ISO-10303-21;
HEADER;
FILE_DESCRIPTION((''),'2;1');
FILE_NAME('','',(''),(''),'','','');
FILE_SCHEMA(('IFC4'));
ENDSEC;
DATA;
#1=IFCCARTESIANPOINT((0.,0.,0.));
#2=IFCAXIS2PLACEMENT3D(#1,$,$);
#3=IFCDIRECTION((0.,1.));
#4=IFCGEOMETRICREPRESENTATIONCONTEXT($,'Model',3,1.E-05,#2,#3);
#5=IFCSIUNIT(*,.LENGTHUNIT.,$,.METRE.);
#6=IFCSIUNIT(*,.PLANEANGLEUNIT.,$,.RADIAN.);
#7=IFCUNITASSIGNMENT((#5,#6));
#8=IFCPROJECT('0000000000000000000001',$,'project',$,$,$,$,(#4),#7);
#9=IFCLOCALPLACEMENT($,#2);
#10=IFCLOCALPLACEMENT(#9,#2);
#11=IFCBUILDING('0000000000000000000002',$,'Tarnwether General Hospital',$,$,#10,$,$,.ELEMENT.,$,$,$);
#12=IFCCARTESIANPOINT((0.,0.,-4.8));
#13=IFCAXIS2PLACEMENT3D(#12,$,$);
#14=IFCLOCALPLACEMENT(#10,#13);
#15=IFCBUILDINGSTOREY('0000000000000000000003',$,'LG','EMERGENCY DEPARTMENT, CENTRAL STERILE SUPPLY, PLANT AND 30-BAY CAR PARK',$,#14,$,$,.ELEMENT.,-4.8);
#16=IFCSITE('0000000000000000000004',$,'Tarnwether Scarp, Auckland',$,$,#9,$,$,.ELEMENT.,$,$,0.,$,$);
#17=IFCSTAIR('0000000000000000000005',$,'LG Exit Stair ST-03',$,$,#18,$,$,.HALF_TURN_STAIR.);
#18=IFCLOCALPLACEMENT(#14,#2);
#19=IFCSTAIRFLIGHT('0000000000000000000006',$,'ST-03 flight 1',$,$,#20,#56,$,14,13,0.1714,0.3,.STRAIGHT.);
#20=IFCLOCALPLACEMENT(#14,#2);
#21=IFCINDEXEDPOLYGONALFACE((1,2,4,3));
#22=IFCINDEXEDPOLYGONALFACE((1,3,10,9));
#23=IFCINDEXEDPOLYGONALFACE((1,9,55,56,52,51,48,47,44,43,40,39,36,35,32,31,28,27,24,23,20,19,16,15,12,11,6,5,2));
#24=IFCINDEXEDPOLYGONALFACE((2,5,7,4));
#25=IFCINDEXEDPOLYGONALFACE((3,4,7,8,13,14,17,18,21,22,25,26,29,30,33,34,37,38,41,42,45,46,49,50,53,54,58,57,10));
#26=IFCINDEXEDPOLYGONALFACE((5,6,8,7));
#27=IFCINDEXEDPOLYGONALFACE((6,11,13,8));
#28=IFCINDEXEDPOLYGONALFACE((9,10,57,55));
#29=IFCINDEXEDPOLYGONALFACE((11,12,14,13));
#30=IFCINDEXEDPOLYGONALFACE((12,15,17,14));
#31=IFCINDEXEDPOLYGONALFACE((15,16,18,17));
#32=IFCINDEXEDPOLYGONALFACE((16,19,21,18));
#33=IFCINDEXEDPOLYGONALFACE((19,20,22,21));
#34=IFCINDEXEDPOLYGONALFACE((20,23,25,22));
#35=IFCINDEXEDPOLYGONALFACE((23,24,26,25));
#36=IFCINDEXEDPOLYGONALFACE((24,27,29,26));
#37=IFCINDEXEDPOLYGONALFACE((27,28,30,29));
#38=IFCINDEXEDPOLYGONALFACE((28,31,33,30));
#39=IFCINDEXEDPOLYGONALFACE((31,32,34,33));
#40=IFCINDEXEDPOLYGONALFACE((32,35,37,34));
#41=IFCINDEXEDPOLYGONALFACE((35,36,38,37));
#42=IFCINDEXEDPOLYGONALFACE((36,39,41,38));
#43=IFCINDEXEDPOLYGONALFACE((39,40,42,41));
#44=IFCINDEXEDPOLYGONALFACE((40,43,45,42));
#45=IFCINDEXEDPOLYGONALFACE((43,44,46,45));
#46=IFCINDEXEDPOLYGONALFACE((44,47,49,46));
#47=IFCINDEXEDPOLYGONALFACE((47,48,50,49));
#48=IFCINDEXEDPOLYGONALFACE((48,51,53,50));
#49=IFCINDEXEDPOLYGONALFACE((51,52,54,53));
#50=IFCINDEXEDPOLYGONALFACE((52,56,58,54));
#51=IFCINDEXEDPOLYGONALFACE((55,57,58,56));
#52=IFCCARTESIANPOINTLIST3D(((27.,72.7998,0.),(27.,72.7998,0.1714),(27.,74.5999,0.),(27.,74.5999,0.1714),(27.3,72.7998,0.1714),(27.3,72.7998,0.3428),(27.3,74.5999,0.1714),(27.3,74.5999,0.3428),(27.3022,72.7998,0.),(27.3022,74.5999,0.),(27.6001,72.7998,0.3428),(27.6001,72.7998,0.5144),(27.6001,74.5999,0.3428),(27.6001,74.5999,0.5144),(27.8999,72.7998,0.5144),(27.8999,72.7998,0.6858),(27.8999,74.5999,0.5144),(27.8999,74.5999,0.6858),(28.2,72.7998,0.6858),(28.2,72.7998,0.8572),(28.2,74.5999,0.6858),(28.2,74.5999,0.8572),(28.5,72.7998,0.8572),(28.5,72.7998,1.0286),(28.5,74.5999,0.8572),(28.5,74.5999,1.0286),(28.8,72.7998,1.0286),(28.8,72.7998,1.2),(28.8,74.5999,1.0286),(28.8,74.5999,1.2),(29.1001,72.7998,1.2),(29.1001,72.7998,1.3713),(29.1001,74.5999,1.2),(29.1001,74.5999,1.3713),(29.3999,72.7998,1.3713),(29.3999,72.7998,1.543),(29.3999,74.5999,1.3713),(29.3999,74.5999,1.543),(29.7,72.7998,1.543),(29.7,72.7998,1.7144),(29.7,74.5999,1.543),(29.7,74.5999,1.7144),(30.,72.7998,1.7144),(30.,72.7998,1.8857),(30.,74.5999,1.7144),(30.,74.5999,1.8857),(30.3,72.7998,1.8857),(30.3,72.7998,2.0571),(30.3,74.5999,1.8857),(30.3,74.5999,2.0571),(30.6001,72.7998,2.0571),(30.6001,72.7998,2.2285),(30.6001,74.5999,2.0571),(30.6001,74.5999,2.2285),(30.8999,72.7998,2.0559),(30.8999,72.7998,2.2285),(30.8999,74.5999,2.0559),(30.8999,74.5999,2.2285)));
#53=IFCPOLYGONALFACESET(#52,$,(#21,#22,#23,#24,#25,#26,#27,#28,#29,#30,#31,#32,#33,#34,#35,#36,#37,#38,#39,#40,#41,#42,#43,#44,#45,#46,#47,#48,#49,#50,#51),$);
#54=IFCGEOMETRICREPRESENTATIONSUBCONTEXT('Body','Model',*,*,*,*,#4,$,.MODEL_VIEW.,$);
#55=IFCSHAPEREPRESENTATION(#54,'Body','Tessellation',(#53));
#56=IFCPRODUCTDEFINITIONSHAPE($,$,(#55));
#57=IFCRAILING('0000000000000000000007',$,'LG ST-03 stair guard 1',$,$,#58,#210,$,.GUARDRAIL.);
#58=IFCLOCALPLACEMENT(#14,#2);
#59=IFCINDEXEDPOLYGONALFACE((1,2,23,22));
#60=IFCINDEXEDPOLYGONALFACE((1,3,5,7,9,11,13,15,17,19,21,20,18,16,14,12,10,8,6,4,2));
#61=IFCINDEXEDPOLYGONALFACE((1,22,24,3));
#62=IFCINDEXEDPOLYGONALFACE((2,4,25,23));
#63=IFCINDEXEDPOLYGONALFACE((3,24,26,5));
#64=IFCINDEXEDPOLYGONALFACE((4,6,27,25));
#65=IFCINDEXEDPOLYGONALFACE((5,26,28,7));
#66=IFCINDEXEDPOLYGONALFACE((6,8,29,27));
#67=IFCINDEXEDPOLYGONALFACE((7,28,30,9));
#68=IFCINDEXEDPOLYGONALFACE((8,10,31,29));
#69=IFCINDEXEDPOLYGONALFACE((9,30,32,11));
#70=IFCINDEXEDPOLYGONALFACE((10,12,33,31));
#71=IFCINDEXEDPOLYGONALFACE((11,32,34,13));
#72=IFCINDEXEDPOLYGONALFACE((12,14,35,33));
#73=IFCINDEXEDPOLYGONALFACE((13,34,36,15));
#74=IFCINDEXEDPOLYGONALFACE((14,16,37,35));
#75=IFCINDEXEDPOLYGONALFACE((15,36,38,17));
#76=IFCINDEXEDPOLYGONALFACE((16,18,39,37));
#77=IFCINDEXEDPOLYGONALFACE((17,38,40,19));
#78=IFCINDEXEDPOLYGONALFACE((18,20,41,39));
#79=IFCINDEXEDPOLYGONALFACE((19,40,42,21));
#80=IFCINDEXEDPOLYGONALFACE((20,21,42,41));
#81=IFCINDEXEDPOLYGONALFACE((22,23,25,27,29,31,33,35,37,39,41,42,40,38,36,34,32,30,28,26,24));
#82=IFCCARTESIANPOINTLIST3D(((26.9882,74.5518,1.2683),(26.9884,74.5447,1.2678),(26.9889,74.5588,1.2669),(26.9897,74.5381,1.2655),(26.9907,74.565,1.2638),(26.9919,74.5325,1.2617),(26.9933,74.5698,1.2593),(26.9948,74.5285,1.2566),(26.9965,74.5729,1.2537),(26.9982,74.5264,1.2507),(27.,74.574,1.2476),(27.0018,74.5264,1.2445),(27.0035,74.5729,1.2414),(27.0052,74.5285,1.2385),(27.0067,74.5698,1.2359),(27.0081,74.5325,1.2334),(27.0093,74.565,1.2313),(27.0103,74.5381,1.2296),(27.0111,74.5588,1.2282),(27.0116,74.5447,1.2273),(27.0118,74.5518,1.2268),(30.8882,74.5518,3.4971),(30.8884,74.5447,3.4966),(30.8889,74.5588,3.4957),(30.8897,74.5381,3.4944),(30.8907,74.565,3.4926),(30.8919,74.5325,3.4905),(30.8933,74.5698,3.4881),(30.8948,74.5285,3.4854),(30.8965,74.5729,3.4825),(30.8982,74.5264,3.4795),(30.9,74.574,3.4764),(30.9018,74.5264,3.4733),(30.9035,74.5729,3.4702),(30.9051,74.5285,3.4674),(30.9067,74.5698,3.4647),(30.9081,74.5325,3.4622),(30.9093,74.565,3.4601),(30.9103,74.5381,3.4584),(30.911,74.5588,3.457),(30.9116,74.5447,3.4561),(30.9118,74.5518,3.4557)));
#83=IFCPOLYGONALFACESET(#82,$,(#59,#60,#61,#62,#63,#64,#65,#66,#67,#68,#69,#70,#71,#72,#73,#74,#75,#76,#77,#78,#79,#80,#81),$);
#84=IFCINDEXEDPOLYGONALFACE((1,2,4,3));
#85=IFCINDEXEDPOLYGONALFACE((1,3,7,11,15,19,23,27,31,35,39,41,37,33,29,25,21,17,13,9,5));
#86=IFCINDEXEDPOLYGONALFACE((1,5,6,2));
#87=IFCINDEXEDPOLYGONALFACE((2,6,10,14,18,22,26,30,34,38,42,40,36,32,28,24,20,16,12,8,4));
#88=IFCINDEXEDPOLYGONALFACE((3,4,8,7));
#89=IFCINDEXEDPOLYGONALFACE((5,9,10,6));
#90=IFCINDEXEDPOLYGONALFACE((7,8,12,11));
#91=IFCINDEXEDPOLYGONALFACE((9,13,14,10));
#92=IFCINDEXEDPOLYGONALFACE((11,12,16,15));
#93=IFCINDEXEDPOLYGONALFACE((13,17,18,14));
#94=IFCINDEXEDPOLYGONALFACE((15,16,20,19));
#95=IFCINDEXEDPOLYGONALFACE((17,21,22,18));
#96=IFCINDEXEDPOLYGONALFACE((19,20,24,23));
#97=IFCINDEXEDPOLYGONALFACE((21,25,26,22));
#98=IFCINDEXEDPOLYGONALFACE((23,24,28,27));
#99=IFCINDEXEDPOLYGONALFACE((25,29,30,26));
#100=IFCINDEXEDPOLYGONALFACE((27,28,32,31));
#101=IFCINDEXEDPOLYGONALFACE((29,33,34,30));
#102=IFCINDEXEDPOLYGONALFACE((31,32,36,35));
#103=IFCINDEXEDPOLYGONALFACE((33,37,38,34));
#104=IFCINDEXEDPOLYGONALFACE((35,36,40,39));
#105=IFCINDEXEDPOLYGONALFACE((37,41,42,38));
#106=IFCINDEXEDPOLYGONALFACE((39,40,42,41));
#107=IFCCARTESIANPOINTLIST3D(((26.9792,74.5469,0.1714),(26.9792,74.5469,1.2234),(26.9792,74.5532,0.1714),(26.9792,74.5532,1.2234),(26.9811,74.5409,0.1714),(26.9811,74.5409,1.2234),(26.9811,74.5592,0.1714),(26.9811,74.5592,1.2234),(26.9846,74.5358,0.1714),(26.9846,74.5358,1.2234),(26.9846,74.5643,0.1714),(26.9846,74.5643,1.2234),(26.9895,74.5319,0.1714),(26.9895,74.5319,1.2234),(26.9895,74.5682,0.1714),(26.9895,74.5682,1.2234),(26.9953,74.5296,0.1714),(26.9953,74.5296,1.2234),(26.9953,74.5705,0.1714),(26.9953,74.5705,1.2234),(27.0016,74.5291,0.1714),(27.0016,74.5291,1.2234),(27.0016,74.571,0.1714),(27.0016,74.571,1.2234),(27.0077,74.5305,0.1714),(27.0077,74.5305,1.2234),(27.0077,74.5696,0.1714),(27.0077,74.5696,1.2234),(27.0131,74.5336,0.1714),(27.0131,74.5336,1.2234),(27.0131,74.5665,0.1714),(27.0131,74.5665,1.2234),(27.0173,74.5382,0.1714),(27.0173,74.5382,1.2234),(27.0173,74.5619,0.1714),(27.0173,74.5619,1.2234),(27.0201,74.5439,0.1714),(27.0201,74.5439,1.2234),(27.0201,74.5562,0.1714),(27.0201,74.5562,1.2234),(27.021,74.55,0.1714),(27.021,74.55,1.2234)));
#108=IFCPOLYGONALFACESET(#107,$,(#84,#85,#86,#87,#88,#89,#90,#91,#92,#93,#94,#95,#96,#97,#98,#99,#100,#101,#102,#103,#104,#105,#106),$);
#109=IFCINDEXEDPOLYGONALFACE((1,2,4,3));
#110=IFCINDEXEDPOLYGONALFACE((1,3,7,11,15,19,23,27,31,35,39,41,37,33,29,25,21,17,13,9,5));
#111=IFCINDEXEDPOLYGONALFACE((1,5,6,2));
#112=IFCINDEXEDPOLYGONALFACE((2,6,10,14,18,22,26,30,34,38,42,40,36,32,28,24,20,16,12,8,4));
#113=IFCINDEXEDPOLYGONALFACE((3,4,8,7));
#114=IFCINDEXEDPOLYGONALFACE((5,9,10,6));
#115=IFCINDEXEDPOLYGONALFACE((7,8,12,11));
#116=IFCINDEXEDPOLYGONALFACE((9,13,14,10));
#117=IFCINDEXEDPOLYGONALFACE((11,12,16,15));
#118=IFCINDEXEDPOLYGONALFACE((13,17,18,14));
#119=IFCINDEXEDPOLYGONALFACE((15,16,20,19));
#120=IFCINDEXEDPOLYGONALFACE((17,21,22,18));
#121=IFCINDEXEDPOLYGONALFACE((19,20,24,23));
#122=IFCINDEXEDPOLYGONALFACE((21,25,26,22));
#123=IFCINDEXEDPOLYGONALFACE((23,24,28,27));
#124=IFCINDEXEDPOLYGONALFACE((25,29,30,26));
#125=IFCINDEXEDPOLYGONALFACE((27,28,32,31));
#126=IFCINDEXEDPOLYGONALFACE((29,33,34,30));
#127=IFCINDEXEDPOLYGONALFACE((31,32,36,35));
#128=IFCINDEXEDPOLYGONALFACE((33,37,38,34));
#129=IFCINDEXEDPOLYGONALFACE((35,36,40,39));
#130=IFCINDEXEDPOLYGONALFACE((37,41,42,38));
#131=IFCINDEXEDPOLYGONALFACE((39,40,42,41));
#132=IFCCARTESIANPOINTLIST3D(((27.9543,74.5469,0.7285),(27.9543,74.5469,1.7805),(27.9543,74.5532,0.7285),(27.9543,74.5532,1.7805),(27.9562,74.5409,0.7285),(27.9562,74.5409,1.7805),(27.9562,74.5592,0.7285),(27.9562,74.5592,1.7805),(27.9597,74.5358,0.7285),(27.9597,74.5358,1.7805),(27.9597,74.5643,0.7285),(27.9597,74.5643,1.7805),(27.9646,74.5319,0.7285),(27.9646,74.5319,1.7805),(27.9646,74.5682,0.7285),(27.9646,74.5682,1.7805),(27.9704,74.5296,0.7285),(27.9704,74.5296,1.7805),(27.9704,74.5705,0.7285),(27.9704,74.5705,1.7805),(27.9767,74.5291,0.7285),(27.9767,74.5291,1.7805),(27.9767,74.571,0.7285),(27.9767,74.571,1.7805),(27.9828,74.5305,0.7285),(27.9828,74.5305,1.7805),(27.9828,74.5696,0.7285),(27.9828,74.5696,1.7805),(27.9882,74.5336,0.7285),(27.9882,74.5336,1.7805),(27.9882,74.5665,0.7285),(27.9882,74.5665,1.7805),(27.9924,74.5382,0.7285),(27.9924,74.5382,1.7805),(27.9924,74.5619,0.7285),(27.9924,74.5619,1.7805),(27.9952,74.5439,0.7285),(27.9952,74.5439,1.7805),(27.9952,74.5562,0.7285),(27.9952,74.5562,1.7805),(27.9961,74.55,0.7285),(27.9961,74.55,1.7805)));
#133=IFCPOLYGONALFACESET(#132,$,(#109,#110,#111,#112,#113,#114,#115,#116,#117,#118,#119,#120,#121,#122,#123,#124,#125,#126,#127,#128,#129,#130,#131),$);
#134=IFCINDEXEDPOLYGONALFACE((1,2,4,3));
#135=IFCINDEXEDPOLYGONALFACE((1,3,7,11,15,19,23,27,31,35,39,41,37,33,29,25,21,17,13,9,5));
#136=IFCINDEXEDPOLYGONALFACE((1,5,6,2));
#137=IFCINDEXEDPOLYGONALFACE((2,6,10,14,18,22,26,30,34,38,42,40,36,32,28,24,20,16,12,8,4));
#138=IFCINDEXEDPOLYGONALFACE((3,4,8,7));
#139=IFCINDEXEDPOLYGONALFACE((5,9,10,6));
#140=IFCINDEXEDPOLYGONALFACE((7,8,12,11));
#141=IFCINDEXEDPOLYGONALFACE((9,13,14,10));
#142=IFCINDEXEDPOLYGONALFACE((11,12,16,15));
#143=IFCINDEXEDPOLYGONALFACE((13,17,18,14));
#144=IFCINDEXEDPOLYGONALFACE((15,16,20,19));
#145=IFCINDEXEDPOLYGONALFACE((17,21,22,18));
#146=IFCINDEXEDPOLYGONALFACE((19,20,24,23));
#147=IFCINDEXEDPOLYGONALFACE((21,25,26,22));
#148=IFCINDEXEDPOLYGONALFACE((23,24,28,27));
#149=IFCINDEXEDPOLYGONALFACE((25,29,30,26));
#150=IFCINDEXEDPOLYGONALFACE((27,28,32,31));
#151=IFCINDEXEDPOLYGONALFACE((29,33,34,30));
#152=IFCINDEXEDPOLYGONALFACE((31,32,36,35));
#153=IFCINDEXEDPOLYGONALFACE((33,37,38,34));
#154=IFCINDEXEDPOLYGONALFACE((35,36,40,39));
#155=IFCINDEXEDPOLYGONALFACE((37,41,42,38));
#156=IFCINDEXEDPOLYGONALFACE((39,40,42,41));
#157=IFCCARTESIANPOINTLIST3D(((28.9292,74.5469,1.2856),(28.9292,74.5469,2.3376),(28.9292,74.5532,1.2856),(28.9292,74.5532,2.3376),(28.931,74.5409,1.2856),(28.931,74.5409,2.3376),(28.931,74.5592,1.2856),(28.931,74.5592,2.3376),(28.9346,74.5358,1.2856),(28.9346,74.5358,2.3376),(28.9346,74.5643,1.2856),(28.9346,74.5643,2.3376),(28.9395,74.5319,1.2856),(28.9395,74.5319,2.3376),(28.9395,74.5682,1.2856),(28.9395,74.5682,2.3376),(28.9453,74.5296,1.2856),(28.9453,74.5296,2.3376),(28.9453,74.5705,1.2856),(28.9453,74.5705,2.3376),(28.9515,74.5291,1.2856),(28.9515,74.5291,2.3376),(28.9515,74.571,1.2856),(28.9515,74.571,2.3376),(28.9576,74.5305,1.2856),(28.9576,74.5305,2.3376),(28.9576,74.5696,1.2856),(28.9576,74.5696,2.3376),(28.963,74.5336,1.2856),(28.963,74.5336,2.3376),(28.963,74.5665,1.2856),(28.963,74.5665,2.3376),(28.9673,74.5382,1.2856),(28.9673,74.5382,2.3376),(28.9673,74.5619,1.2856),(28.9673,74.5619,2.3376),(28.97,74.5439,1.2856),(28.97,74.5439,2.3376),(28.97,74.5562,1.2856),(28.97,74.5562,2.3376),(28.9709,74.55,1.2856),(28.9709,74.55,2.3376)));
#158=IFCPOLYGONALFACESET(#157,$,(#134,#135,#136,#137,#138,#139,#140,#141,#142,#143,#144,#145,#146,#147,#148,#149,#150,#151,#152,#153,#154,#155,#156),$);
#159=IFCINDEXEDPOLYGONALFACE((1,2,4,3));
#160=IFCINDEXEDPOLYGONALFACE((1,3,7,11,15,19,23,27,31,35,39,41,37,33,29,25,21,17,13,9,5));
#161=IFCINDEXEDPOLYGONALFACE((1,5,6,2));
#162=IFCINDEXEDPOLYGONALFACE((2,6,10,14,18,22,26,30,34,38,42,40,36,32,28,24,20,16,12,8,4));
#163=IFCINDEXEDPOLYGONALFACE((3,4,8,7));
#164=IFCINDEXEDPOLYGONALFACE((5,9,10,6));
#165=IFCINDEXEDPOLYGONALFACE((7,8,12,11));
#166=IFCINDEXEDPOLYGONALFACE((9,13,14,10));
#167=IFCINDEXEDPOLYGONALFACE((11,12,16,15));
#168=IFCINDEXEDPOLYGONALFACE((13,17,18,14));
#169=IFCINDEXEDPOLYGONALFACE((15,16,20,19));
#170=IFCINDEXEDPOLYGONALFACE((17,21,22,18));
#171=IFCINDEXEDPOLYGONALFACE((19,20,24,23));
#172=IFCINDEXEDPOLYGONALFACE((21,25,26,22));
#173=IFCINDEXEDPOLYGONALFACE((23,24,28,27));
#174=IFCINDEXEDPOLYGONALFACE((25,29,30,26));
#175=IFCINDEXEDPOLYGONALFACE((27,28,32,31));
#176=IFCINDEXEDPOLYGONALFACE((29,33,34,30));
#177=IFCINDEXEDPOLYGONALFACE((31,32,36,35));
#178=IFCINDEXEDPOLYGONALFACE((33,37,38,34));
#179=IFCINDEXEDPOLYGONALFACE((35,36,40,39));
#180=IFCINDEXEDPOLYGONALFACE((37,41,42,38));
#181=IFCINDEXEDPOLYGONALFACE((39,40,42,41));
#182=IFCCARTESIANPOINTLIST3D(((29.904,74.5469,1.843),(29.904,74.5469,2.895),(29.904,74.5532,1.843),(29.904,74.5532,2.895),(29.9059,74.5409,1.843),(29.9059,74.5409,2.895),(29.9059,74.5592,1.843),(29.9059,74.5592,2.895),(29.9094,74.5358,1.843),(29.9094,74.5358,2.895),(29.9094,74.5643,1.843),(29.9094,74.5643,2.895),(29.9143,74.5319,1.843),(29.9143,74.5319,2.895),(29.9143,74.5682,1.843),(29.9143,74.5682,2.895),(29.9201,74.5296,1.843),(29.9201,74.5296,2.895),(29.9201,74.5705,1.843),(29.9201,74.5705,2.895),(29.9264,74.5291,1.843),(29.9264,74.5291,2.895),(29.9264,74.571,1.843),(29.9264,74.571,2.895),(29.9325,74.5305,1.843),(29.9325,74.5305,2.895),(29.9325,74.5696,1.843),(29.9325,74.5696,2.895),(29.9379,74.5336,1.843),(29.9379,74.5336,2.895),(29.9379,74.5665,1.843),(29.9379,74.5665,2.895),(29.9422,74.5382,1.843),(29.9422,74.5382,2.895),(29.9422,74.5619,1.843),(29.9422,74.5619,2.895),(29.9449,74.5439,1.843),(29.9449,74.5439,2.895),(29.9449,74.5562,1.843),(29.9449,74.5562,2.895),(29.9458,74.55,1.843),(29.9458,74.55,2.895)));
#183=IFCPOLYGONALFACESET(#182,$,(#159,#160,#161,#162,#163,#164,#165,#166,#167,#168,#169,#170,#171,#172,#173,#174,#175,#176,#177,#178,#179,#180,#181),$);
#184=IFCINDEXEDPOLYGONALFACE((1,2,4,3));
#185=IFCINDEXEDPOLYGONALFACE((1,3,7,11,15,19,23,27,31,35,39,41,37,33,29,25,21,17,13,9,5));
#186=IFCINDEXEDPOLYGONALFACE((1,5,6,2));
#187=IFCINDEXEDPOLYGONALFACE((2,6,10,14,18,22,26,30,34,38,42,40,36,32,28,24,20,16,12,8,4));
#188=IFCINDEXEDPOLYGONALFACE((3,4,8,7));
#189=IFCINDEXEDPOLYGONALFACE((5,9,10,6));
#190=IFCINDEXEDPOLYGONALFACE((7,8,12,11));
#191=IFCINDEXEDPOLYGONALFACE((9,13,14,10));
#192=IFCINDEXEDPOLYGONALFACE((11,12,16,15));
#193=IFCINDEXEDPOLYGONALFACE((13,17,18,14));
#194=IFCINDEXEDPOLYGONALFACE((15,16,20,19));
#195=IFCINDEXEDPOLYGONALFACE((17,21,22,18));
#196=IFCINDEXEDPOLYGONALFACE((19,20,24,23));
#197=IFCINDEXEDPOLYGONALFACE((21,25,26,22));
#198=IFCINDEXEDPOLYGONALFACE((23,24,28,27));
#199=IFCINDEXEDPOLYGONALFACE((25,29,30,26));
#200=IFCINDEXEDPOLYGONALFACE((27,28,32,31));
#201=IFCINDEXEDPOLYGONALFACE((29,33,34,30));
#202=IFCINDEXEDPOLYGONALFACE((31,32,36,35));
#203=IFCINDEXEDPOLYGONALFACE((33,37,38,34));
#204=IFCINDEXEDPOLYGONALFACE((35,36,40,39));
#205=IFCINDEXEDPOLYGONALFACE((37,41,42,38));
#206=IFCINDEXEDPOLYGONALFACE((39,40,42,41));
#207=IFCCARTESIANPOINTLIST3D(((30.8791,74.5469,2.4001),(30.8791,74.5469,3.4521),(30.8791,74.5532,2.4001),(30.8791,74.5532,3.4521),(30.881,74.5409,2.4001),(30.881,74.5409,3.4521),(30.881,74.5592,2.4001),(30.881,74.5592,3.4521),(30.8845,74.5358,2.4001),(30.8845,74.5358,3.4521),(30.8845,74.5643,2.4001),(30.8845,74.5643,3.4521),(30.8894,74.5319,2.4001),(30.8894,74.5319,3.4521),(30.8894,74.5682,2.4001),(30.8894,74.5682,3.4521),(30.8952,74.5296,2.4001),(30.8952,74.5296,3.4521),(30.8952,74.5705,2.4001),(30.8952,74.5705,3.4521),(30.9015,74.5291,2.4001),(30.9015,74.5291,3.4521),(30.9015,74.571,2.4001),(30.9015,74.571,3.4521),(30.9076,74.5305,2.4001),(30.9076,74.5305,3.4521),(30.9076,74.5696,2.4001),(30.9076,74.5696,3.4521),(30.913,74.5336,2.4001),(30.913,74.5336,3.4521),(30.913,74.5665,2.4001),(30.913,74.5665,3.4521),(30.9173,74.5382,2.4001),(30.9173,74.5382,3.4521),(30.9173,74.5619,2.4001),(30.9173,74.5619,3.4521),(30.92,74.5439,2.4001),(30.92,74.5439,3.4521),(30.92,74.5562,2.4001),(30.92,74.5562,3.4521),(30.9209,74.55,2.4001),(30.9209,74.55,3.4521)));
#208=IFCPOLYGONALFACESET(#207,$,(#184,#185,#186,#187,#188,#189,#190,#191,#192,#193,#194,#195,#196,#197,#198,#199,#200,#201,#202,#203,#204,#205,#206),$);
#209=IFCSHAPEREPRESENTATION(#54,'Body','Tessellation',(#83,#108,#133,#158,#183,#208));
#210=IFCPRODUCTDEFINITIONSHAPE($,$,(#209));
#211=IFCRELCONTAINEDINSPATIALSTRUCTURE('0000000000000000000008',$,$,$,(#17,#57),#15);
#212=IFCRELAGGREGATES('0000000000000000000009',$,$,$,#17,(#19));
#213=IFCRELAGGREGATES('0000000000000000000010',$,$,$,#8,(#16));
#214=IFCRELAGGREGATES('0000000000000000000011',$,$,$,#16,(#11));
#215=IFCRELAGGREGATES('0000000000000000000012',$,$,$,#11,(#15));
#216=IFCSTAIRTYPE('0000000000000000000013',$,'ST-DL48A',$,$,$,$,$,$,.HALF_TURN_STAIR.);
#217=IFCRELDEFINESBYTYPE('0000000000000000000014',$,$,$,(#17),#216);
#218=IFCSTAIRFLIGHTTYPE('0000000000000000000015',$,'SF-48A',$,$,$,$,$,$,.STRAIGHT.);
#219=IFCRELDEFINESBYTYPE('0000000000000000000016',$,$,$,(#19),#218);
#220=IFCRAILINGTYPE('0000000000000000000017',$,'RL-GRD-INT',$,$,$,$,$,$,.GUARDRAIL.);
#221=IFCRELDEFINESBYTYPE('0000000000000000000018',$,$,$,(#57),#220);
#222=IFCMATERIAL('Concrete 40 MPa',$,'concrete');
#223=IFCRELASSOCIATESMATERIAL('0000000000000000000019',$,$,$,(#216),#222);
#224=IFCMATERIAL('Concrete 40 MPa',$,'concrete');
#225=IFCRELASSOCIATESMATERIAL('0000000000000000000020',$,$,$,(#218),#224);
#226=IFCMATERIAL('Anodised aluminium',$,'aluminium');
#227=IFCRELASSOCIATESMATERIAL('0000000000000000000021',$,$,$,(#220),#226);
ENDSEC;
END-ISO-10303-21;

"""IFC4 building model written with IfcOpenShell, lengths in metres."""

from ifc_helpers import new_model, si_unit, direction, frame, origin, origin_2d, place, context, subcontext, project, spatial, polyline, circle, outline, extrude, material, type_object, element, aggregate, save


model = new_model("IFC4")

# Units and contexts
model_context = context("Model", 3, precision=1e-05, world=origin(), true_north=direction((0.0, 1.0)))
body_context = subcontext(model_context, "Body", "Model", "MODEL_VIEW")
ifc_project = project(units=[si_unit("LENGTHUNIT", "METRE"), si_unit("PLANEANGLEUNIT", "RADIAN")], contexts=[model_context])

# Site, building, storey
site_placement = place(None, origin())
site = spatial("IfcSite", under=ifc_project, at=site_placement, Name="Tarnwether Scarp, Auckland", CompositionType="ELEMENT", RefElevation=0.0)
building_placement = place(site_placement, origin())
building = spatial("IfcBuilding", under=site, at=building_placement, Name="Tarnwether General Hospital", CompositionType="ELEMENT")
storey_placement = place(building_placement, frame((0.0, 0.0, -4.8)))
storey = spatial("IfcBuildingStorey", under=building, at=storey_placement, Name="LG", Description="EMERGENCY DEPARTMENT, CENTRAL STERILE SUPPLY, PLANT AND 30-BAY CAR PARK", CompositionType="ELEMENT", Elevation=-4.8)

# Stair, stair flight
ifc_material_1 = material(Name="Concrete 40 MPa", Category="concrete")
stair_type = type_object("IfcStairType", Name="ST-DL48A", PredefinedType="HALF_TURN_STAIR", material=ifc_material_1)
stair_placement = place(storey_placement, origin())
stair = element("IfcStair", 1, at=stair_placement, inside=storey, type_object=stair_type, Name="LG Exit Stair ST-03", PredefinedType="HALF_TURN_STAIR")
ifc_material_2 = material(Name="Concrete 40 MPa", Category="concrete")
stair_flight_type = type_object("IfcStairFlightType", Name="SF-48A", PredefinedType="STRAIGHT", material=ifc_material_2)
stair_flight_placement = place(storey_placement, frame((27.0, 73.7, 0.0), z_axis=(0.0, 0.0, 1.0), x_axis=(1.0, 0.0, 0.0)))
stair_flight = element("IfcStairFlight", 2, at=stair_flight_placement, type_object=stair_flight_type, Name="ST-03 flight 1", NumberOfRisers=14, NumberOfTreads=13, PredefinedType="STRAIGHT", RiserHeight=0.1714, TreadLength=0.3, context=body_context, shape_type="SweptSolid", body=[
    extrude(outline(polyline([(0.0, 0.0), (0.0, 0.1714), (0.3, 0.1714), (0.3, 0.3428), (0.6001, 0.3428), (0.6001, 0.5144), (0.8999, 0.5144), (0.8999, 0.6858), (1.2, 0.6858), (1.2, 0.8572), (1.5, 0.8572), (1.5, 1.0286), (1.8, 1.0286), (1.8, 1.2), (2.1001, 1.2), (2.1001, 1.3713), (2.3999, 1.3713), (2.3999, 1.543), (2.7, 1.543), (2.7, 1.7144), (3.0, 1.7144), (3.0, 1.8857), (3.3, 1.8857), (3.3, 2.0571), (3.6001, 2.0571), (3.6001, 2.2285), (3.8999, 2.2285), (3.8999, 2.3999), (3.8999, 2.0559), (0.3022, 0.0), (0.0, 0.0)])), frame((0.0, 0.8999, 0.0), z_axis=(0.0, -1.0, 0.0), x_axis=(1.0, 0.0, 0.0)), (0.0, 0.0, 1.0), 1.8),
])
aggregate(stair, [stair_flight])

# Railing
ifc_material_3 = material(Name="Anodised aluminium", Category="aluminium")
railing_type_1 = type_object("IfcRailingType", Name="RL-GRD-INT", PredefinedType="GUARDRAIL", material=ifc_material_3)
railing_1_placement = place(storey_placement, frame((27.0, 74.55, 0.1714)))
element("IfcRailing", 3, at=railing_1_placement, inside=storey, type_object=railing_type_1, Name="LG ST-03 stair guard 1", PredefinedType="GUARDRAIL", context=body_context, shape_type="SweptSolid", body=[
    extrude(circle(Radius=0.0239, at=origin_2d()), frame((0.0, 0.0, 1.0762), z_axis=(0.86822, 0.0, 0.49618), x_axis=(0.0, 1.0, 0.0)), (0.0, 0.0, 1.0), 4.4919),
    extrude(circle(Radius=0.021, at=origin_2d()), origin(), (0.0, 0.0, 1.0), 1.052),
    extrude(circle(Radius=0.021, at=origin_2d()), frame((0.9751, 0.0, 0.5571)), (0.0, 0.0, 1.0), 1.052),
    extrude(circle(Radius=0.021, at=origin_2d()), frame((1.95, 0.0, 1.1143)), (0.0, 0.0, 1.0), 1.052),
    extrude(circle(Radius=0.021, at=origin_2d()), frame((2.9248, 0.0, 1.6716)), (0.0, 0.0, 1.0), 1.052),
    extrude(circle(Radius=0.021, at=origin_2d()), frame((3.8999, 0.0, 2.2288)), (0.0, 0.0, 1.0), 1.052),
])

save(model, "model.ifc")
